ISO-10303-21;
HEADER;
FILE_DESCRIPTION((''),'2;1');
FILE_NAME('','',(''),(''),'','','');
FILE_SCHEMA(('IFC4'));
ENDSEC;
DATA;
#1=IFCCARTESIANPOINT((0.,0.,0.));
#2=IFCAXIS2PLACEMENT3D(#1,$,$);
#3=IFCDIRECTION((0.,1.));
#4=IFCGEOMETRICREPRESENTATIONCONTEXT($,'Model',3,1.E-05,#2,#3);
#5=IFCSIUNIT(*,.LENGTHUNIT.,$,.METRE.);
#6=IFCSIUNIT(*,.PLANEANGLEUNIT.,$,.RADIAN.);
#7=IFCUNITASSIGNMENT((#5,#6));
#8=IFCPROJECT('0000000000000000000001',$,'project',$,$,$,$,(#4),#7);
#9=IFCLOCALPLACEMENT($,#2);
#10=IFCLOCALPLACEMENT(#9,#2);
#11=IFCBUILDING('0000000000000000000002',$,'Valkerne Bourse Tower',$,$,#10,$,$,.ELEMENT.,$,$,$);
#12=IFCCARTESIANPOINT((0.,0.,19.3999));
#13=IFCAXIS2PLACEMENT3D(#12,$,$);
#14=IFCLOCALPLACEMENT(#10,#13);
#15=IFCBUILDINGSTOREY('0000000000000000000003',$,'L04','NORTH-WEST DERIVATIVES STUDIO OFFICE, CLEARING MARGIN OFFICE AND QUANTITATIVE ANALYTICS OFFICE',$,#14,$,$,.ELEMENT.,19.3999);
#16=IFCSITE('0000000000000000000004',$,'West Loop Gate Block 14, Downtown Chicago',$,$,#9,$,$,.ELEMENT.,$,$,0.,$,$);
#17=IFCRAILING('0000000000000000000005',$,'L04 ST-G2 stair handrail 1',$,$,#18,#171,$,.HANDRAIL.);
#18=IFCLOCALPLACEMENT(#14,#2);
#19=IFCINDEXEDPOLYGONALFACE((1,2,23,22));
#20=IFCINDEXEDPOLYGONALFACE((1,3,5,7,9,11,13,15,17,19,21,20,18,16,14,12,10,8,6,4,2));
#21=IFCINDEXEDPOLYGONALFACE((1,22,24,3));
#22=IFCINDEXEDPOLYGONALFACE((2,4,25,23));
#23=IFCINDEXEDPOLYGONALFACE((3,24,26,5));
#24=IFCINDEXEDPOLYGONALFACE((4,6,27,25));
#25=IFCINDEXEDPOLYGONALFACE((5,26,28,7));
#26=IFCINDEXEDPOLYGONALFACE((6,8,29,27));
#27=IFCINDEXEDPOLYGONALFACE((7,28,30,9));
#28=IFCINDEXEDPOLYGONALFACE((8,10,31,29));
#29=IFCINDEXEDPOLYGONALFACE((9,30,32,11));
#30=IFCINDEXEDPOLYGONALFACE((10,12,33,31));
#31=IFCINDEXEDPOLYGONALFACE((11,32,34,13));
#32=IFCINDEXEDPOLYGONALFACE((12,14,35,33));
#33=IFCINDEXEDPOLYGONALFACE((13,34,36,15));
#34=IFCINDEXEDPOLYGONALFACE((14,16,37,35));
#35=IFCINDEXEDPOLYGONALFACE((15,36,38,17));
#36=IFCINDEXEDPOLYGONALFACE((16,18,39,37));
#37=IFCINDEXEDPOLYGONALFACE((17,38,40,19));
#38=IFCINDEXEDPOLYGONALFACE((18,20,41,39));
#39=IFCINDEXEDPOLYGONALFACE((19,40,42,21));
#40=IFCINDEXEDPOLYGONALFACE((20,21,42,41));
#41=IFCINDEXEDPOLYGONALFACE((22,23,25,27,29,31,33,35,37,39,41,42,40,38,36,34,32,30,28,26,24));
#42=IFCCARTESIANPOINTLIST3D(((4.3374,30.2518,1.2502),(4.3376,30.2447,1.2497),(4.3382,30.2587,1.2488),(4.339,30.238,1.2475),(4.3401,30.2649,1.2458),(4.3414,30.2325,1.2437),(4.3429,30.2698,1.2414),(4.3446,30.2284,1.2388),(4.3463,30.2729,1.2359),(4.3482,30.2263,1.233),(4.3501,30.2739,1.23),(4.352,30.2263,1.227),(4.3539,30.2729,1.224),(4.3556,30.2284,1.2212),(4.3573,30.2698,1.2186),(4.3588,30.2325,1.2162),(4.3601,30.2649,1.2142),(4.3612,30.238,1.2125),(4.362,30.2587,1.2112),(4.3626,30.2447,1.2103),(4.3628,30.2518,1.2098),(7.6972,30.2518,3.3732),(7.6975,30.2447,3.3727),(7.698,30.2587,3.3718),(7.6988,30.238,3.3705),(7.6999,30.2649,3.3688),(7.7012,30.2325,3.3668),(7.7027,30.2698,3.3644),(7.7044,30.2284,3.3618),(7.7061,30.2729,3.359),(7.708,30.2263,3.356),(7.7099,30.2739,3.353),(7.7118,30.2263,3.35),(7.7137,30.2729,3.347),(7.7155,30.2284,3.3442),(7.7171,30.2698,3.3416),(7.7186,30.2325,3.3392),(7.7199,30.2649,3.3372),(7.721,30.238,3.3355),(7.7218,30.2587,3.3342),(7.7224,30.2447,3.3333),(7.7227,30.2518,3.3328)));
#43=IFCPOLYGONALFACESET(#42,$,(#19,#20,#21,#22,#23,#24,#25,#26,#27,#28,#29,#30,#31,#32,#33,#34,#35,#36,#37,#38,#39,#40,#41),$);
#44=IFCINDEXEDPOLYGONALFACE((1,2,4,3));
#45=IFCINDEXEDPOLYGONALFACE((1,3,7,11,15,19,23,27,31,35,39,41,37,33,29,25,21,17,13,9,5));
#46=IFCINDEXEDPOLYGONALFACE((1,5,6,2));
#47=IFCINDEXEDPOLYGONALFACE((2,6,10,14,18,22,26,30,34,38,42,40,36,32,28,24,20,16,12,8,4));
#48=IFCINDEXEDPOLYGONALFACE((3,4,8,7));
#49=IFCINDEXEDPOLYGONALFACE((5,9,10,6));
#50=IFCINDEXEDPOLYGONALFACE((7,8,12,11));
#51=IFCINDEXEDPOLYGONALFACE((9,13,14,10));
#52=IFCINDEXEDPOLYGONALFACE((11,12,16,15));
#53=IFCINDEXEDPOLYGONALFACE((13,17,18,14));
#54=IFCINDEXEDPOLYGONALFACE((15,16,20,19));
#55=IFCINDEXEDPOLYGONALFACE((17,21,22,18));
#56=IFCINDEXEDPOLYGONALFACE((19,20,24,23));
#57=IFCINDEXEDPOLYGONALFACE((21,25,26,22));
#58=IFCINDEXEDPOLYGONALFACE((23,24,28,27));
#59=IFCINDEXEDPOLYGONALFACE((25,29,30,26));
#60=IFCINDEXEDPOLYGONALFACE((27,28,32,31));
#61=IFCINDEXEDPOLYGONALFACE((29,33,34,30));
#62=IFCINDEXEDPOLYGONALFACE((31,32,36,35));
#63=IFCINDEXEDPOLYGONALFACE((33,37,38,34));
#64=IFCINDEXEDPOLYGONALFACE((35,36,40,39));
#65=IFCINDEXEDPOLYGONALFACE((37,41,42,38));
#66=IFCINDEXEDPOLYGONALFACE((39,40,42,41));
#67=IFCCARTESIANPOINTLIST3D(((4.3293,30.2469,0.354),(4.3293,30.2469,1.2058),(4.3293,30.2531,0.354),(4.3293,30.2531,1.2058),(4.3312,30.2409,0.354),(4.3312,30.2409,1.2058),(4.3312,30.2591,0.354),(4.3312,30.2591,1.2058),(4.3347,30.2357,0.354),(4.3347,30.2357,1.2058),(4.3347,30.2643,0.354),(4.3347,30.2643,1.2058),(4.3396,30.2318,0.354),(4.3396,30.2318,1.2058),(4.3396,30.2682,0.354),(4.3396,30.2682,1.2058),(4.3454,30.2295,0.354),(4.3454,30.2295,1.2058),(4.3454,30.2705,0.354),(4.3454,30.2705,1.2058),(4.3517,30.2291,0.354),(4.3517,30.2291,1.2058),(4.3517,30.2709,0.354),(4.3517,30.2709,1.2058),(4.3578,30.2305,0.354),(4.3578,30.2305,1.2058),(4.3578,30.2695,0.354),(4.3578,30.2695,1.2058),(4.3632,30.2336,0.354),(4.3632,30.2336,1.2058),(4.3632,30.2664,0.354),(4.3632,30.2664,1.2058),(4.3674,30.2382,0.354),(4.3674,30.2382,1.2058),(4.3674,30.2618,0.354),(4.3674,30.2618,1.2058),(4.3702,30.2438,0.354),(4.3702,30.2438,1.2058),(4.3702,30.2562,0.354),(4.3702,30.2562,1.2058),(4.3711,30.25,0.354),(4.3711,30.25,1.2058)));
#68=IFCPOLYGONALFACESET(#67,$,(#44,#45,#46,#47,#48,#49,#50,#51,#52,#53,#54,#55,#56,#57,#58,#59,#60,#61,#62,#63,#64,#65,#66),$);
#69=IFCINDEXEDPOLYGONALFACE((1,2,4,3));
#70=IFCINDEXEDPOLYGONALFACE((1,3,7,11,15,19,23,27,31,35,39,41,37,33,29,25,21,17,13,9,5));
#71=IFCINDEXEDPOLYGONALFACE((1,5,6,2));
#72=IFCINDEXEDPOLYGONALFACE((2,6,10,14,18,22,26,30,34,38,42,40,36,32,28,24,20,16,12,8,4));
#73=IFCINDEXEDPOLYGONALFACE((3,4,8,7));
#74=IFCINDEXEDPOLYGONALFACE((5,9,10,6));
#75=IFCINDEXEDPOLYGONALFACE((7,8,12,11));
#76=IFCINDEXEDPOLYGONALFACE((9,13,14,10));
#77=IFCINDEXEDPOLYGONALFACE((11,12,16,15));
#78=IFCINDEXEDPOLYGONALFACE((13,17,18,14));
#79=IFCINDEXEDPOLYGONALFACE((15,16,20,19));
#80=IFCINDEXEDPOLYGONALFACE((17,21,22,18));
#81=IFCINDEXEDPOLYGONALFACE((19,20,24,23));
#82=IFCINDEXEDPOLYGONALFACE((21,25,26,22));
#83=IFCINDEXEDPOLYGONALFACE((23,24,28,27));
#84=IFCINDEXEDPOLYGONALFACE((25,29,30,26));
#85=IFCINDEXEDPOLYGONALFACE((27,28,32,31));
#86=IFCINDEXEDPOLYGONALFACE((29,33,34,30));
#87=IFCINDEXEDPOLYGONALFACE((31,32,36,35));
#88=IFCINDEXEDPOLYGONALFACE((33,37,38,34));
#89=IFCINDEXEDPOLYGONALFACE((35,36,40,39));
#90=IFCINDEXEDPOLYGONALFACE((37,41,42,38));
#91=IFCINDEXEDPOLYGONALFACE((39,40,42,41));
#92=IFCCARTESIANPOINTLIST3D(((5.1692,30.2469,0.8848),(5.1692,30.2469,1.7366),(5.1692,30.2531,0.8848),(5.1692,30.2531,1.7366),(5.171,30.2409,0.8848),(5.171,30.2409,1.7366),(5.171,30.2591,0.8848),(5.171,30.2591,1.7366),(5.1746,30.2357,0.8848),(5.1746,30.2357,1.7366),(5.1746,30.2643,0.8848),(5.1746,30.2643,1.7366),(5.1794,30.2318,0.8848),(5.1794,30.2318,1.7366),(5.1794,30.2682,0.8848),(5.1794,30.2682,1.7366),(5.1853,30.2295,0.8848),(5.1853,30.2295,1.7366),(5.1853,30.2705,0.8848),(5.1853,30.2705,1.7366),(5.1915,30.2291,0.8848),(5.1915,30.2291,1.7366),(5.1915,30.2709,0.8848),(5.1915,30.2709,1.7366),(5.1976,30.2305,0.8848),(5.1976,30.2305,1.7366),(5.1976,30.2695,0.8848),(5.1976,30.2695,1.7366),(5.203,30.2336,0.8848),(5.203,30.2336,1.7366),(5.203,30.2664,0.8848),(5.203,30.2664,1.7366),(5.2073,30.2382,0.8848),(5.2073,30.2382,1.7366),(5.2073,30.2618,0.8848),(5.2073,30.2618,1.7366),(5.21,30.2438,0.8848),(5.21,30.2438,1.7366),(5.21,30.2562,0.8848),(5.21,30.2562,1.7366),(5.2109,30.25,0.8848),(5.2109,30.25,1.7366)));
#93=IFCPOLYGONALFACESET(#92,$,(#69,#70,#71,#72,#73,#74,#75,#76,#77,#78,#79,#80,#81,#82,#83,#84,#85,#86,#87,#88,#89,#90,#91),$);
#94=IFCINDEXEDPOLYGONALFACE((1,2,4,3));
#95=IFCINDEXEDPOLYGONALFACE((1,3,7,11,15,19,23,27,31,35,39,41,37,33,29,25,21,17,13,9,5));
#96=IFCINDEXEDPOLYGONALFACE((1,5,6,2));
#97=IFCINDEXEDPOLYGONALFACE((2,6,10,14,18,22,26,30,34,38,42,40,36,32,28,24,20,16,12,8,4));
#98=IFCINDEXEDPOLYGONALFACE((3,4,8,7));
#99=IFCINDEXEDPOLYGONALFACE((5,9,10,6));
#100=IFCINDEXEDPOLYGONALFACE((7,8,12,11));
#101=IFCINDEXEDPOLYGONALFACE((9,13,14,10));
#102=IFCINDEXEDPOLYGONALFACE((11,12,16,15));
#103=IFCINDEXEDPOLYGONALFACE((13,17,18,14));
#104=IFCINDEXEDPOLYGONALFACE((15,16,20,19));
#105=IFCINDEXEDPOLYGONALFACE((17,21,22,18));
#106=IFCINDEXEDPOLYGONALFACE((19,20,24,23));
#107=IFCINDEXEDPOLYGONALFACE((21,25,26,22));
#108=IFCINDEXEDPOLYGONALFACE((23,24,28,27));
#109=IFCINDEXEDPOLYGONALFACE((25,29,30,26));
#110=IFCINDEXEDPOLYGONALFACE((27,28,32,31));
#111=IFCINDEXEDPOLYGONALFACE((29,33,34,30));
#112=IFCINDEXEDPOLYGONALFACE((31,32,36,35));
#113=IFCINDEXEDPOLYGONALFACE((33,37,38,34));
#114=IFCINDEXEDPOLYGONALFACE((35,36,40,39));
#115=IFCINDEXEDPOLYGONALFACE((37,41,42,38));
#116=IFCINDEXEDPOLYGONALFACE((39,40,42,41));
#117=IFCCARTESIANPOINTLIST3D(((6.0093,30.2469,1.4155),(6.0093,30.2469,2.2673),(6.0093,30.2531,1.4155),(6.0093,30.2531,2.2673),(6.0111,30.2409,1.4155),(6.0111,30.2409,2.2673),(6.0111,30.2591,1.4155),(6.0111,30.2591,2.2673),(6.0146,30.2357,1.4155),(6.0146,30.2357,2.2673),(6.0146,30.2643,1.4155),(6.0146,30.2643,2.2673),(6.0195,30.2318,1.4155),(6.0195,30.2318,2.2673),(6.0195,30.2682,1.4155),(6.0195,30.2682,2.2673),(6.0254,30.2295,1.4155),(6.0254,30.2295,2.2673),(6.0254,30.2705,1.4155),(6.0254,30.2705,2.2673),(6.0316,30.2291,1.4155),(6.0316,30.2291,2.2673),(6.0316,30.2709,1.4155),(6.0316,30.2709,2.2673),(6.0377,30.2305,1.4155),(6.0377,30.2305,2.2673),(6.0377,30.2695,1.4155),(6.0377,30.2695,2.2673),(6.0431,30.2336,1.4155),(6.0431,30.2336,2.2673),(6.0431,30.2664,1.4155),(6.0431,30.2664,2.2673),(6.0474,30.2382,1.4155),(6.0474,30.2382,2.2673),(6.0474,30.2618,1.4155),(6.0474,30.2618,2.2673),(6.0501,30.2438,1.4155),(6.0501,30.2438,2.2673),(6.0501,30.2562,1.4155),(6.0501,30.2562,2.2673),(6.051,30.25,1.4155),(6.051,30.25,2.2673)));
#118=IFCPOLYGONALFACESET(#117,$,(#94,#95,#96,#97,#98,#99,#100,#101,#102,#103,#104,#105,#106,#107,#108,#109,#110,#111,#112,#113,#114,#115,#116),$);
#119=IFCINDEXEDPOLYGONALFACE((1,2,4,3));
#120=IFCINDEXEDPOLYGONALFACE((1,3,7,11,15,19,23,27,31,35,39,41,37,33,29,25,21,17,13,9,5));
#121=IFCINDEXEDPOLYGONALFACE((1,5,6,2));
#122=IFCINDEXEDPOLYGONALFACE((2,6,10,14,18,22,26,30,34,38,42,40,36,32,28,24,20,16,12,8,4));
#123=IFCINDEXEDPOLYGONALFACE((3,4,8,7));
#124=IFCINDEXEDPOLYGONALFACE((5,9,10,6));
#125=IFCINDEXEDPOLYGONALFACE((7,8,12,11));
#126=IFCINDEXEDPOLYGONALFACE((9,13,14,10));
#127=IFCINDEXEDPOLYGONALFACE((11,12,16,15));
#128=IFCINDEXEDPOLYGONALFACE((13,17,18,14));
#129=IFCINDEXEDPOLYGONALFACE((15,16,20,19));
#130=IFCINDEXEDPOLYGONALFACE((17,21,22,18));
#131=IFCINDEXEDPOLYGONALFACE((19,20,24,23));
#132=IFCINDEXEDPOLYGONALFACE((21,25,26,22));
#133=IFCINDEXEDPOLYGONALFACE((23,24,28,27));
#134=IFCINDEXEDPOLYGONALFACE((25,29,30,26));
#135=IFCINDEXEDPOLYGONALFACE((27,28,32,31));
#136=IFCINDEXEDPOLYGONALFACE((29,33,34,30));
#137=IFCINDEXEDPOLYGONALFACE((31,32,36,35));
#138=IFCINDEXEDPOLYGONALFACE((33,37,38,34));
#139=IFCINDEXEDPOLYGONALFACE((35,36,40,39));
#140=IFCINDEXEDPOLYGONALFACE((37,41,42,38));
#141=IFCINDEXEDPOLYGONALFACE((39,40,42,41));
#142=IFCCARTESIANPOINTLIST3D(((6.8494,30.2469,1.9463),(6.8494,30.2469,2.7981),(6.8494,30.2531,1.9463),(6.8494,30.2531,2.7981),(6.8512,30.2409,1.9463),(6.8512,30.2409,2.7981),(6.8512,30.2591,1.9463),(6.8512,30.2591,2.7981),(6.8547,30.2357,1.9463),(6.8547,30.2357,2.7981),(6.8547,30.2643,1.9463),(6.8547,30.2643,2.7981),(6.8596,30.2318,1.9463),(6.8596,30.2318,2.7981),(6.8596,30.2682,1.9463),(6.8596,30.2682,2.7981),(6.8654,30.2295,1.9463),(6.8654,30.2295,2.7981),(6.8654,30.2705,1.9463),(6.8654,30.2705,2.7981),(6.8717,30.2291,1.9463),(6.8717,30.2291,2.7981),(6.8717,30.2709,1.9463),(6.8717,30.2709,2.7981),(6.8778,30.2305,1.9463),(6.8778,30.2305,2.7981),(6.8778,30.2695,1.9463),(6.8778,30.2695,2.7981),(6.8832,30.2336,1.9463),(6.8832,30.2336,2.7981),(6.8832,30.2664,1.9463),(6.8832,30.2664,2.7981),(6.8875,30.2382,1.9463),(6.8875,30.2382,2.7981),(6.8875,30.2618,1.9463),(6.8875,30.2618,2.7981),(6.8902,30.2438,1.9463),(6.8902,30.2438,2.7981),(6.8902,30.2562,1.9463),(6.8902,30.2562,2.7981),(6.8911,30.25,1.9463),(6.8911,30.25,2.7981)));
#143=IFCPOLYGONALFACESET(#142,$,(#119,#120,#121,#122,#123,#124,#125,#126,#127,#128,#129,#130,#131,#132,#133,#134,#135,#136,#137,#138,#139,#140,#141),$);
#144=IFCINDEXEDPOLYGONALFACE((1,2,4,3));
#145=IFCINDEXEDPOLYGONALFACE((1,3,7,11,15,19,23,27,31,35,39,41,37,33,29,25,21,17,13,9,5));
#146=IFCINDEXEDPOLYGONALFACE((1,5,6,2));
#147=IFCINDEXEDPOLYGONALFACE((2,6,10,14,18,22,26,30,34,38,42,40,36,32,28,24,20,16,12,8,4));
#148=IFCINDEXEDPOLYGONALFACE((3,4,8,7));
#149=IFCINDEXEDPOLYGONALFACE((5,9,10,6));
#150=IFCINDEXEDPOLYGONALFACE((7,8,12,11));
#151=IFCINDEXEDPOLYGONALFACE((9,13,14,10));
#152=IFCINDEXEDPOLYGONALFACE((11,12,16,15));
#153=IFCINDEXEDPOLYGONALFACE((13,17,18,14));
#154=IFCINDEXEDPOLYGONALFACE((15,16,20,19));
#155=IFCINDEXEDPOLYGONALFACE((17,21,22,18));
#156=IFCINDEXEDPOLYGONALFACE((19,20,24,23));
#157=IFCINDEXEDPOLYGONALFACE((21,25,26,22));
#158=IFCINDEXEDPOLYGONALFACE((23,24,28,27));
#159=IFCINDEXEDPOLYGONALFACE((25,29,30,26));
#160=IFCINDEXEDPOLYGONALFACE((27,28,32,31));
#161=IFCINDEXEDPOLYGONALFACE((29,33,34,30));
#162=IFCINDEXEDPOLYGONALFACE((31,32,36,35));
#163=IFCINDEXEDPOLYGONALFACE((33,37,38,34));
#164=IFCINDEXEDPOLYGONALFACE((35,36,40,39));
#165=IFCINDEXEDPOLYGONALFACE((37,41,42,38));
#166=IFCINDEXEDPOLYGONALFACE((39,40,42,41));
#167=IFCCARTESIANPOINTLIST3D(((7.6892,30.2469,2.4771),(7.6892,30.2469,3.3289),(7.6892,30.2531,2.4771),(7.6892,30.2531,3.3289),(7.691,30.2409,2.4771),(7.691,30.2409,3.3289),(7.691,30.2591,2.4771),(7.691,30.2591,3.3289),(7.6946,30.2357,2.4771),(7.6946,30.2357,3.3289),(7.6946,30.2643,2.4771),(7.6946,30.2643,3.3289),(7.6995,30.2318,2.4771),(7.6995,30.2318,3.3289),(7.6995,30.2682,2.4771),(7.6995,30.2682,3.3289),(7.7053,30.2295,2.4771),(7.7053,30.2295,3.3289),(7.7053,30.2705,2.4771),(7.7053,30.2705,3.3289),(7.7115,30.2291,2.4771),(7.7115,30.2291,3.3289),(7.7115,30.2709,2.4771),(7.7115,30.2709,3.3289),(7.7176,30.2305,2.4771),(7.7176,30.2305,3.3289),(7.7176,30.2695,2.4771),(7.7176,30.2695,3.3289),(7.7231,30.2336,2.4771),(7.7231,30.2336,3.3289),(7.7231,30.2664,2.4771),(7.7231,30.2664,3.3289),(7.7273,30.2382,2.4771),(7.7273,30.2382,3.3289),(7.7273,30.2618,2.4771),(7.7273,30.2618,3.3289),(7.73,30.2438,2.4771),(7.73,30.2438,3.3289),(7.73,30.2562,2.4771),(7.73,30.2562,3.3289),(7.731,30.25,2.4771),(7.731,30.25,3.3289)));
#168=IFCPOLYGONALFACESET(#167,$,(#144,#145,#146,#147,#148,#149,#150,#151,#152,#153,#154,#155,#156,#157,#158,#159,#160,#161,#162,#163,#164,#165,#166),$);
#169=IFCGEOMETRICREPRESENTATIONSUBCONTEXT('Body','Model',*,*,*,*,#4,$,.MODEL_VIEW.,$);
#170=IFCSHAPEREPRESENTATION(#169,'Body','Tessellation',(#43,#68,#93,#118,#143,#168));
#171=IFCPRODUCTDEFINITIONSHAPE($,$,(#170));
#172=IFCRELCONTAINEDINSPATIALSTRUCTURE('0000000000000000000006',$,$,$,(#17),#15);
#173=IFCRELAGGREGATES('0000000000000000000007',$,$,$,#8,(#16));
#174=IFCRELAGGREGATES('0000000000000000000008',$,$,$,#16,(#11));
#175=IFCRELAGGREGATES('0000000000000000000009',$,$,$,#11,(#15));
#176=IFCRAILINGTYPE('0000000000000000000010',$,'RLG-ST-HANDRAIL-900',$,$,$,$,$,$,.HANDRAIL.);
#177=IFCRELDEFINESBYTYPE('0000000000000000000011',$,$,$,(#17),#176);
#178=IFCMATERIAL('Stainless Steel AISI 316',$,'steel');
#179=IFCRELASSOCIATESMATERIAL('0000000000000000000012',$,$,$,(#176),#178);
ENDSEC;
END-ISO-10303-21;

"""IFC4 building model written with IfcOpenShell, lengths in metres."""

from ifc_helpers import new_model, si_unit, direction, frame, origin, origin_2d, place, context, subcontext, project, spatial, circle, extrude, material, type_object, element, save


model = new_model("IFC4")

# Units and contexts
model_context = context("Model", 3, precision=1e-05, world=origin(), true_north=direction((0.0, 1.0)))
body_context = subcontext(model_context, "Body", "Model", "MODEL_VIEW")
ifc_project = project(units=[si_unit("LENGTHUNIT", "METRE"), si_unit("PLANEANGLEUNIT", "RADIAN")], contexts=[model_context])

# Site, building, storey
site_placement = place(None, origin())
site = spatial("IfcSite", under=ifc_project, at=site_placement, Name="West Loop Gate Block 14, Downtown Chicago", CompositionType="ELEMENT", RefElevation=0.0)
building_placement = place(site_placement, origin())
building = spatial("IfcBuilding", under=site, at=building_placement, Name="Valkerne Bourse Tower", CompositionType="ELEMENT")
storey_placement = place(building_placement, frame((0.0, 0.0, 19.3999)))
storey = spatial("IfcBuildingStorey", under=building, at=storey_placement, Name="L04", Description="NORTH-WEST DERIVATIVES STUDIO OFFICE, CLEARING MARGIN OFFICE AND QUANTITATIVE ANALYTICS OFFICE", CompositionType="ELEMENT", Elevation=19.3999)

# Railing
ifc_material_1 = material(Name="Stainless Steel AISI 316", Category="steel")
railing_type_1 = type_object("IfcRailingType", Name="RLG-ST-HANDRAIL-900", PredefinedType="HANDRAIL", material=ifc_material_1)
railing_1_placement = place(storey_placement, frame((4.3501, 30.25, 0.354)))
element("IfcRailing", 1, at=railing_1_placement, inside=storey, type_object=railing_type_1, Name="L04 ST-G2 stair handrail 1", PredefinedType="HANDRAIL", context=body_context, shape_type="SweptSolid", body=[
    extrude(circle(Radius=0.0239, at=origin_2d()), frame((0.0, 0.0, 0.876), z_axis=(0.845372, 0.0, 0.534178), x_axis=(0.0, 1.0, 0.0)), (0.0, 0.0, 1.0), 3.9744),
    extrude(circle(Radius=0.021, at=origin_2d()), origin(), (0.0, 0.0, 1.0), 0.8518),
    extrude(circle(Radius=0.021, at=origin_2d()), frame((0.8398, 0.0, 0.5308)), (0.0, 0.0, 1.0), 0.8518),
    extrude(circle(Radius=0.021, at=origin_2d()), frame((1.6799, 0.0, 1.0615)), (0.0, 0.0, 1.0), 0.8518),
    extrude(circle(Radius=0.021, at=origin_2d()), frame((2.52, 0.0, 1.5923)), (0.0, 0.0, 1.0), 0.8518),
    extrude(circle(Radius=0.021, at=origin_2d()), frame((3.3599, 0.0, 2.123)), (0.0, 0.0, 1.0), 0.8518),
])

save(model, "model.ifc")
